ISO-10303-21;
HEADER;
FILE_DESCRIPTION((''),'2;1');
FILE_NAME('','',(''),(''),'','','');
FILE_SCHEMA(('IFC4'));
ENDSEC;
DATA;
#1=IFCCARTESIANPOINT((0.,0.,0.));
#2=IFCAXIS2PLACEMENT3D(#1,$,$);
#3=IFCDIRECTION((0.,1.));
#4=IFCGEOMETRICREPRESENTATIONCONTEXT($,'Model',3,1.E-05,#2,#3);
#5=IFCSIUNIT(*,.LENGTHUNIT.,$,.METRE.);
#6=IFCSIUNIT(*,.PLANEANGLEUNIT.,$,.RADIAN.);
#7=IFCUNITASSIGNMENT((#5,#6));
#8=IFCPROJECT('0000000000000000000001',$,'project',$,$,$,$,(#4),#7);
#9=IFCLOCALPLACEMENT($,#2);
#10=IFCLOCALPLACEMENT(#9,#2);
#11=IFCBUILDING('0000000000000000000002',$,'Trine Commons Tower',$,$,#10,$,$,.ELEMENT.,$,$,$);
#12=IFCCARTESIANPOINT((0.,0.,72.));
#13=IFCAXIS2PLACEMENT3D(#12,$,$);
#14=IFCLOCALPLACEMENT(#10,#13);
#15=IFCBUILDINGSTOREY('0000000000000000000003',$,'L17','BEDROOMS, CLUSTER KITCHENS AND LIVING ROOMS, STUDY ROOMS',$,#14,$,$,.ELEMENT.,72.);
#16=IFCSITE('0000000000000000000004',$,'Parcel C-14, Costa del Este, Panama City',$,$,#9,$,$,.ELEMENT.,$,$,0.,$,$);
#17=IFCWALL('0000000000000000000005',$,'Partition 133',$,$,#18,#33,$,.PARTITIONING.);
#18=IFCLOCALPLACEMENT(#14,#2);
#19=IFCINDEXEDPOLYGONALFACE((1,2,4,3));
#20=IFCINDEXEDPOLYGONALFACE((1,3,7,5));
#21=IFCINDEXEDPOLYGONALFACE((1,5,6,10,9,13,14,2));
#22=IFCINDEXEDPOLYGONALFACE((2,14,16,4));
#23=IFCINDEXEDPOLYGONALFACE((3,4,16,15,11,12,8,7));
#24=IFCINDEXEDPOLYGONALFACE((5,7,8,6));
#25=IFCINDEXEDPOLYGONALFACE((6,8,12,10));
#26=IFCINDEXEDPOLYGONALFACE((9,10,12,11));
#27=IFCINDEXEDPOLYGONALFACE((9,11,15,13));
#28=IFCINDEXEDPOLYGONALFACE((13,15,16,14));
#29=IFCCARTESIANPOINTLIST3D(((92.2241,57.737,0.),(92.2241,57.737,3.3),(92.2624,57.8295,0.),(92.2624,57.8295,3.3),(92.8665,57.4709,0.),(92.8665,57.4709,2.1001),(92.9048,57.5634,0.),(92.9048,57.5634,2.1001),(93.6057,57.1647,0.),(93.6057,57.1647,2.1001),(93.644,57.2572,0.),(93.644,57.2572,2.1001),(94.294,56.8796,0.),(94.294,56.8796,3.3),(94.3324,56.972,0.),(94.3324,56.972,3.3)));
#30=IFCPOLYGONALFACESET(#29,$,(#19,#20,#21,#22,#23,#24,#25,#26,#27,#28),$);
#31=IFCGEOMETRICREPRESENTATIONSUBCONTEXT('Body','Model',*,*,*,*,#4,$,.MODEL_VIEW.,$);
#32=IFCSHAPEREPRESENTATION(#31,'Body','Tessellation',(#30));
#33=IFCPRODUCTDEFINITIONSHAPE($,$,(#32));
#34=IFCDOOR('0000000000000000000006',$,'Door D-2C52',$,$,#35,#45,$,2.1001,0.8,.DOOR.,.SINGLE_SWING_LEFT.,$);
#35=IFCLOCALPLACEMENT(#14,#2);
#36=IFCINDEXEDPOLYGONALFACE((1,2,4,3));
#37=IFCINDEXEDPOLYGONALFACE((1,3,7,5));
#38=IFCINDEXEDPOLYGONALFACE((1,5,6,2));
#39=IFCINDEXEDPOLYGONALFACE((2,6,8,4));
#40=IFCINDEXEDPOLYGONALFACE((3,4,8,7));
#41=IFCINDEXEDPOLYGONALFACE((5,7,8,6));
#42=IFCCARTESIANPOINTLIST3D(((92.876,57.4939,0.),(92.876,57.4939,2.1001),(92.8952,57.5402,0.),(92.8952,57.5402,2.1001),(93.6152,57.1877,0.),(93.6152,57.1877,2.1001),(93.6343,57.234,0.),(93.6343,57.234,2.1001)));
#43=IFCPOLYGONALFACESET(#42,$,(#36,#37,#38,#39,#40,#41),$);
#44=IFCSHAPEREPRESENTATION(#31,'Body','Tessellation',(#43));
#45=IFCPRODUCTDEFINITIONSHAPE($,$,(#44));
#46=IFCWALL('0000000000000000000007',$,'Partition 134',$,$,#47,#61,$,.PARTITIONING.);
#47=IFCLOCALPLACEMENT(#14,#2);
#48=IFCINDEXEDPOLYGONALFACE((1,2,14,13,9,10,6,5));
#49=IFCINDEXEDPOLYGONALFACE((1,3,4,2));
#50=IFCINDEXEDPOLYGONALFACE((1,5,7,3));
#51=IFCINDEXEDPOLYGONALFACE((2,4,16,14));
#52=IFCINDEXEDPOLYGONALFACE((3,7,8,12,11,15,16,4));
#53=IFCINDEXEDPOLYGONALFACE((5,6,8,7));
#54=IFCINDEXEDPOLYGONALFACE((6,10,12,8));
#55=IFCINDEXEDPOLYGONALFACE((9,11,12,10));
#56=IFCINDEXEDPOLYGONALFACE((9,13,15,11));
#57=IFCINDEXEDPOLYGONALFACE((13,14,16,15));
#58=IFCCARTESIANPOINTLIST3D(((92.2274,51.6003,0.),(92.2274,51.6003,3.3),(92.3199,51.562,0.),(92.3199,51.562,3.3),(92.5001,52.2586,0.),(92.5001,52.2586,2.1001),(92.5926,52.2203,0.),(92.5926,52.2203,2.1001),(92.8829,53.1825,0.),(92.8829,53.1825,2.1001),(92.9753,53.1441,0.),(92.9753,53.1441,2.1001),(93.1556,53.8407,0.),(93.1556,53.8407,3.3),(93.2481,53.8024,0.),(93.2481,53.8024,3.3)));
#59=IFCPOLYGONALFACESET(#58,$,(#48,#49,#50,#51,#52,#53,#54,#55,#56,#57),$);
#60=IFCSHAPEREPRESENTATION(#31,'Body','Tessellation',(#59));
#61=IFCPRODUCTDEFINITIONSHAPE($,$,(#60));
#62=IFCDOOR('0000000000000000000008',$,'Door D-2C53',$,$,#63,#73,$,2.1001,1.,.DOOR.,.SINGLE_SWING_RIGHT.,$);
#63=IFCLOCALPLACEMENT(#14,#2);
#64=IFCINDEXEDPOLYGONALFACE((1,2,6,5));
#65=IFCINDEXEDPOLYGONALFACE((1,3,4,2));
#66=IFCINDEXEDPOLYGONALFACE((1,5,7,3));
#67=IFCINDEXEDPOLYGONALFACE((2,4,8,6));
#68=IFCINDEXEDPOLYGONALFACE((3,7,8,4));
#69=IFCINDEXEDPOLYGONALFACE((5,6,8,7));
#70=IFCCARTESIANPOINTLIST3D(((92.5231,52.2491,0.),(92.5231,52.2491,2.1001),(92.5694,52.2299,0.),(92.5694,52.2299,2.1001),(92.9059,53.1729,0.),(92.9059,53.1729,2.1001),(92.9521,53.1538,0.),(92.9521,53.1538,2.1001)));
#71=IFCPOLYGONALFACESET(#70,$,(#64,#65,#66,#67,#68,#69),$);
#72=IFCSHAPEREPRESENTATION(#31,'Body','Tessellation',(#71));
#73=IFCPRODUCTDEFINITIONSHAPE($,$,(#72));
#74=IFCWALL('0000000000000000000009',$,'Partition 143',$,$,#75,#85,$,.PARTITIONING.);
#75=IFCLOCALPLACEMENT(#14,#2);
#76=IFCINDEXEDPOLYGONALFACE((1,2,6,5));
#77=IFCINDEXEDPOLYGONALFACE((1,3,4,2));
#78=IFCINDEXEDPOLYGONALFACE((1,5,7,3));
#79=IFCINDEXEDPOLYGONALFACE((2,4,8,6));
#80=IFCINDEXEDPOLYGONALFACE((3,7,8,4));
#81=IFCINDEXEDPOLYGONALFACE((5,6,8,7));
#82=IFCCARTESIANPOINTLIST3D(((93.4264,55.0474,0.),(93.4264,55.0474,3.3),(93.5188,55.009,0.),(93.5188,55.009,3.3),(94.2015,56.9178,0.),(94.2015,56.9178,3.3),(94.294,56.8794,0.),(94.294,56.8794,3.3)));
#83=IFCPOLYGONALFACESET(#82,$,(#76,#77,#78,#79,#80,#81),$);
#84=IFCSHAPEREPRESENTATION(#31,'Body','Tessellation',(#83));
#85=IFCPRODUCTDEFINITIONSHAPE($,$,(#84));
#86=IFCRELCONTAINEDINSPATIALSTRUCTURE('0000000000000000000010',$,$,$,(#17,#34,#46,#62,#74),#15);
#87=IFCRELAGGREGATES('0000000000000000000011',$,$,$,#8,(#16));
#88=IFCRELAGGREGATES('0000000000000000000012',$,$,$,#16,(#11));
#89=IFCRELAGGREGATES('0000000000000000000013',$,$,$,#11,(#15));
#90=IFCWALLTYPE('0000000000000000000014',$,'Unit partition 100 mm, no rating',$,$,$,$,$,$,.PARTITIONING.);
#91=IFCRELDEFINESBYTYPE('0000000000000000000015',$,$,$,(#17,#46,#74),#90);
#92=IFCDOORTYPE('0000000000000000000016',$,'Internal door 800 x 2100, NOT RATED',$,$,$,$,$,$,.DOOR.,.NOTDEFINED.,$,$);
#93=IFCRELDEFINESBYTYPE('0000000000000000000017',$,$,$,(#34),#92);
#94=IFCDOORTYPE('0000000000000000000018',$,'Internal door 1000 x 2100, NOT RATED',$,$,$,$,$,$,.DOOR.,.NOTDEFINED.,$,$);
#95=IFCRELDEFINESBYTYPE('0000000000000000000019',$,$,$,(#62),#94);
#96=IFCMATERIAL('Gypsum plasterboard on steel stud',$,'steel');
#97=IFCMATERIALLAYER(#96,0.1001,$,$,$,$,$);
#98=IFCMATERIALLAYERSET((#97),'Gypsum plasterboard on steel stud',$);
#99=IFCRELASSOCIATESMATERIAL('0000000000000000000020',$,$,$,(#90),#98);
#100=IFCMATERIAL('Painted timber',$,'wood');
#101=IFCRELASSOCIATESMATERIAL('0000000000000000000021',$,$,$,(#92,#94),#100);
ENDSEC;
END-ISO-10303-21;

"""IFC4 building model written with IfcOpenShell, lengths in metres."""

from ifc_helpers import new_model, si_unit, direction, frame, frame_2d, origin, place, context, subcontext, project, spatial, rectangle, extrude, material, layer, layer_set, type_object, element, fill, save


model = new_model("IFC4")

# Units and contexts
model_context = context("Model", 3, precision=1e-05, world=origin(), true_north=direction((0.0, 1.0)))
body_context = subcontext(model_context, "Body", "Model", "MODEL_VIEW")
ifc_project = project(units=[si_unit("LENGTHUNIT", "METRE"), si_unit("PLANEANGLEUNIT", "RADIAN")], contexts=[model_context])

# Site, building, storey
site_placement = place(None, origin())
site = spatial("IfcSite", under=ifc_project, at=site_placement, Name="Parcel C-14, Costa del Este, Panama City", CompositionType="ELEMENT", RefElevation=0.0)
building_placement = place(site_placement, origin())
building = spatial("IfcBuilding", under=site, at=building_placement, Name="Trine Commons Tower", CompositionType="ELEMENT")
storey_placement = place(building_placement, frame((0.0, 0.0, 72.0)))
storey = spatial("IfcBuildingStorey", under=building, at=storey_placement, Name="L17", Description="BEDROOMS, CLUSTER KITCHENS AND LIVING ROOMS, STUDY ROOMS", CompositionType="ELEMENT", Elevation=72.0)

# Shared definitions
ifc_material_1 = material(Name="Gypsum plasterboard on steel stud", Category="steel")

# Walls, openings, doors
ifc_layer_1 = layer(ifc_material_1, 0.1001)
ifc_layer_set_1 = layer_set([ifc_layer_1], Name="Gypsum plasterboard on steel stud")
wall_type_1 = type_object("IfcWallType", Name="Unit partition 100 mm, no rating", PredefinedType="PARTITIONING", material=ifc_layer_set_1)
wall_1_placement = place(storey_placement, frame((92.2434, 57.7832, 0.0), z_axis=(0.0, 0.0, 1.0), x_axis=(0.923868, -0.382711, 0.0)))
wall_1 = element("IfcWall", 1, at=wall_1_placement, inside=storey, type_object=wall_type_1, Name="Partition 133", PredefinedType="PARTITIONING", context=body_context, shape_type="SweptSolid", body=[
    extrude(rectangle(XDim=2.2405, YDim=0.1001, at=frame_2d((1.1201, 0.0))), origin(), (0.0, 0.0, 1.0), 3.3),
])
opening_1_placement = place(wall_1_placement, frame((0.6953, 0.0, 0.0)))
opening_1 = element("IfcOpeningElement", 2, at=opening_1_placement, cuts=wall_1, PredefinedType="OPENING", context=body_context, shape_type="SweptSolid", body=[
    extrude(rectangle(XDim=0.8, YDim=2.1001, at=frame_2d((0.3999, 1.05))), frame((0.0, 0.0601, 0.0), z_axis=(0.0, -1.0, 0.0), x_axis=(1.0, 0.0, 0.0)), (0.0, 0.0, 1.0), 0.1201),
])
ifc_material_2 = material(Name="Painted timber", Category="wood")
door_type_1 = type_object("IfcDoorType", Name="Internal door 800 x 2100, NOT RATED", OperationType="NOTDEFINED", PredefinedType="DOOR", material=ifc_material_2)
door_1_placement = place(opening_1_placement, origin())
door_1 = element("IfcDoor", 3, at=door_1_placement, inside=storey, type_object=door_type_1, Name="Door D-2C52", OperationType="SINGLE_SWING_LEFT", OverallHeight=2.1001, OverallWidth=0.8, PredefinedType="DOOR", context=body_context, shape_type="SweptSolid", body=[
    extrude(rectangle(XDim=0.8, YDim=2.1001, at=frame_2d((0.3999, 1.05))), frame((0.0, 0.0249, 0.0), z_axis=(0.0, -1.0, 0.0), x_axis=(1.0, 0.0, 0.0)), (0.0, 0.0, 1.0), 0.05),
])
fill(opening_1, door_1)
wall_2_placement = place(storey_placement, frame((92.2737, 51.5813, 0.0), z_axis=(0.0, 0.0, 1.0), x_axis=(0.382749, 0.923852, 0.0)))
wall_2 = element("IfcWall", 4, at=wall_2_placement, inside=storey, type_object=wall_type_1, Name="Partition 134", PredefinedType="PARTITIONING", context=body_context, shape_type="SweptSolid", body=[
    extrude(rectangle(XDim=2.425, YDim=0.1001, at=frame_2d((1.2124, 0.0))), origin(), (0.0, 0.0, 1.0), 3.3),
])
opening_2_placement = place(wall_2_placement, frame((0.7124, 0.0, 0.0)))
opening_2 = element("IfcOpeningElement", 5, at=opening_2_placement, cuts=wall_2, PredefinedType="OPENING", context=body_context, shape_type="SweptSolid", body=[
    extrude(rectangle(XDim=1.0, YDim=2.1001, at=frame_2d((0.5, 1.05))), frame((0.0, 0.0601, 0.0), z_axis=(0.0, -1.0, 0.0), x_axis=(1.0, 0.0, 0.0)), (0.0, 0.0, 1.0), 0.1201),
])
door_type_2 = type_object("IfcDoorType", Name="Internal door 1000 x 2100, NOT RATED", OperationType="NOTDEFINED", PredefinedType="DOOR", material=ifc_material_2)
door_2_placement = place(opening_2_placement, frame((1.0, 0.0, 0.0), z_axis=(0.0, 0.0, 1.0), x_axis=(-1.0, 0.0, 0.0)))
door_2 = element("IfcDoor", 6, at=door_2_placement, inside=storey, type_object=door_type_2, Name="Door D-2C53", OperationType="SINGLE_SWING_RIGHT", OverallHeight=2.1001, OverallWidth=1.0, PredefinedType="DOOR", context=body_context, shape_type="SweptSolid", body=[
    extrude(rectangle(XDim=1.0, YDim=2.1001, at=frame_2d((0.5, 1.05))), frame((0.0, 0.0249, 0.0), z_axis=(0.0, -1.0, 0.0), x_axis=(1.0, 0.0, 0.0)), (0.0, 0.0, 1.0), 0.05),
])
fill(opening_2, door_2)

# Wall
wall_3_placement = place(storey_placement, frame((93.4727, 55.0283, 0.0), z_axis=(0.0, 0.0, 1.0), x_axis=(0.382859, 0.923807, 0.0)))
element("IfcWall", 7, at=wall_3_placement, inside=storey, type_object=wall_type_1, Name="Partition 143", PredefinedType="PARTITIONING", context=body_context, shape_type="SweptSolid", body=[
    extrude(rectangle(XDim=2.0247, YDim=0.1001, at=frame_2d((1.0122, 0.0))), origin(), (0.0, 0.0, 1.0), 3.3),
])

save(model, "model.ifc")
